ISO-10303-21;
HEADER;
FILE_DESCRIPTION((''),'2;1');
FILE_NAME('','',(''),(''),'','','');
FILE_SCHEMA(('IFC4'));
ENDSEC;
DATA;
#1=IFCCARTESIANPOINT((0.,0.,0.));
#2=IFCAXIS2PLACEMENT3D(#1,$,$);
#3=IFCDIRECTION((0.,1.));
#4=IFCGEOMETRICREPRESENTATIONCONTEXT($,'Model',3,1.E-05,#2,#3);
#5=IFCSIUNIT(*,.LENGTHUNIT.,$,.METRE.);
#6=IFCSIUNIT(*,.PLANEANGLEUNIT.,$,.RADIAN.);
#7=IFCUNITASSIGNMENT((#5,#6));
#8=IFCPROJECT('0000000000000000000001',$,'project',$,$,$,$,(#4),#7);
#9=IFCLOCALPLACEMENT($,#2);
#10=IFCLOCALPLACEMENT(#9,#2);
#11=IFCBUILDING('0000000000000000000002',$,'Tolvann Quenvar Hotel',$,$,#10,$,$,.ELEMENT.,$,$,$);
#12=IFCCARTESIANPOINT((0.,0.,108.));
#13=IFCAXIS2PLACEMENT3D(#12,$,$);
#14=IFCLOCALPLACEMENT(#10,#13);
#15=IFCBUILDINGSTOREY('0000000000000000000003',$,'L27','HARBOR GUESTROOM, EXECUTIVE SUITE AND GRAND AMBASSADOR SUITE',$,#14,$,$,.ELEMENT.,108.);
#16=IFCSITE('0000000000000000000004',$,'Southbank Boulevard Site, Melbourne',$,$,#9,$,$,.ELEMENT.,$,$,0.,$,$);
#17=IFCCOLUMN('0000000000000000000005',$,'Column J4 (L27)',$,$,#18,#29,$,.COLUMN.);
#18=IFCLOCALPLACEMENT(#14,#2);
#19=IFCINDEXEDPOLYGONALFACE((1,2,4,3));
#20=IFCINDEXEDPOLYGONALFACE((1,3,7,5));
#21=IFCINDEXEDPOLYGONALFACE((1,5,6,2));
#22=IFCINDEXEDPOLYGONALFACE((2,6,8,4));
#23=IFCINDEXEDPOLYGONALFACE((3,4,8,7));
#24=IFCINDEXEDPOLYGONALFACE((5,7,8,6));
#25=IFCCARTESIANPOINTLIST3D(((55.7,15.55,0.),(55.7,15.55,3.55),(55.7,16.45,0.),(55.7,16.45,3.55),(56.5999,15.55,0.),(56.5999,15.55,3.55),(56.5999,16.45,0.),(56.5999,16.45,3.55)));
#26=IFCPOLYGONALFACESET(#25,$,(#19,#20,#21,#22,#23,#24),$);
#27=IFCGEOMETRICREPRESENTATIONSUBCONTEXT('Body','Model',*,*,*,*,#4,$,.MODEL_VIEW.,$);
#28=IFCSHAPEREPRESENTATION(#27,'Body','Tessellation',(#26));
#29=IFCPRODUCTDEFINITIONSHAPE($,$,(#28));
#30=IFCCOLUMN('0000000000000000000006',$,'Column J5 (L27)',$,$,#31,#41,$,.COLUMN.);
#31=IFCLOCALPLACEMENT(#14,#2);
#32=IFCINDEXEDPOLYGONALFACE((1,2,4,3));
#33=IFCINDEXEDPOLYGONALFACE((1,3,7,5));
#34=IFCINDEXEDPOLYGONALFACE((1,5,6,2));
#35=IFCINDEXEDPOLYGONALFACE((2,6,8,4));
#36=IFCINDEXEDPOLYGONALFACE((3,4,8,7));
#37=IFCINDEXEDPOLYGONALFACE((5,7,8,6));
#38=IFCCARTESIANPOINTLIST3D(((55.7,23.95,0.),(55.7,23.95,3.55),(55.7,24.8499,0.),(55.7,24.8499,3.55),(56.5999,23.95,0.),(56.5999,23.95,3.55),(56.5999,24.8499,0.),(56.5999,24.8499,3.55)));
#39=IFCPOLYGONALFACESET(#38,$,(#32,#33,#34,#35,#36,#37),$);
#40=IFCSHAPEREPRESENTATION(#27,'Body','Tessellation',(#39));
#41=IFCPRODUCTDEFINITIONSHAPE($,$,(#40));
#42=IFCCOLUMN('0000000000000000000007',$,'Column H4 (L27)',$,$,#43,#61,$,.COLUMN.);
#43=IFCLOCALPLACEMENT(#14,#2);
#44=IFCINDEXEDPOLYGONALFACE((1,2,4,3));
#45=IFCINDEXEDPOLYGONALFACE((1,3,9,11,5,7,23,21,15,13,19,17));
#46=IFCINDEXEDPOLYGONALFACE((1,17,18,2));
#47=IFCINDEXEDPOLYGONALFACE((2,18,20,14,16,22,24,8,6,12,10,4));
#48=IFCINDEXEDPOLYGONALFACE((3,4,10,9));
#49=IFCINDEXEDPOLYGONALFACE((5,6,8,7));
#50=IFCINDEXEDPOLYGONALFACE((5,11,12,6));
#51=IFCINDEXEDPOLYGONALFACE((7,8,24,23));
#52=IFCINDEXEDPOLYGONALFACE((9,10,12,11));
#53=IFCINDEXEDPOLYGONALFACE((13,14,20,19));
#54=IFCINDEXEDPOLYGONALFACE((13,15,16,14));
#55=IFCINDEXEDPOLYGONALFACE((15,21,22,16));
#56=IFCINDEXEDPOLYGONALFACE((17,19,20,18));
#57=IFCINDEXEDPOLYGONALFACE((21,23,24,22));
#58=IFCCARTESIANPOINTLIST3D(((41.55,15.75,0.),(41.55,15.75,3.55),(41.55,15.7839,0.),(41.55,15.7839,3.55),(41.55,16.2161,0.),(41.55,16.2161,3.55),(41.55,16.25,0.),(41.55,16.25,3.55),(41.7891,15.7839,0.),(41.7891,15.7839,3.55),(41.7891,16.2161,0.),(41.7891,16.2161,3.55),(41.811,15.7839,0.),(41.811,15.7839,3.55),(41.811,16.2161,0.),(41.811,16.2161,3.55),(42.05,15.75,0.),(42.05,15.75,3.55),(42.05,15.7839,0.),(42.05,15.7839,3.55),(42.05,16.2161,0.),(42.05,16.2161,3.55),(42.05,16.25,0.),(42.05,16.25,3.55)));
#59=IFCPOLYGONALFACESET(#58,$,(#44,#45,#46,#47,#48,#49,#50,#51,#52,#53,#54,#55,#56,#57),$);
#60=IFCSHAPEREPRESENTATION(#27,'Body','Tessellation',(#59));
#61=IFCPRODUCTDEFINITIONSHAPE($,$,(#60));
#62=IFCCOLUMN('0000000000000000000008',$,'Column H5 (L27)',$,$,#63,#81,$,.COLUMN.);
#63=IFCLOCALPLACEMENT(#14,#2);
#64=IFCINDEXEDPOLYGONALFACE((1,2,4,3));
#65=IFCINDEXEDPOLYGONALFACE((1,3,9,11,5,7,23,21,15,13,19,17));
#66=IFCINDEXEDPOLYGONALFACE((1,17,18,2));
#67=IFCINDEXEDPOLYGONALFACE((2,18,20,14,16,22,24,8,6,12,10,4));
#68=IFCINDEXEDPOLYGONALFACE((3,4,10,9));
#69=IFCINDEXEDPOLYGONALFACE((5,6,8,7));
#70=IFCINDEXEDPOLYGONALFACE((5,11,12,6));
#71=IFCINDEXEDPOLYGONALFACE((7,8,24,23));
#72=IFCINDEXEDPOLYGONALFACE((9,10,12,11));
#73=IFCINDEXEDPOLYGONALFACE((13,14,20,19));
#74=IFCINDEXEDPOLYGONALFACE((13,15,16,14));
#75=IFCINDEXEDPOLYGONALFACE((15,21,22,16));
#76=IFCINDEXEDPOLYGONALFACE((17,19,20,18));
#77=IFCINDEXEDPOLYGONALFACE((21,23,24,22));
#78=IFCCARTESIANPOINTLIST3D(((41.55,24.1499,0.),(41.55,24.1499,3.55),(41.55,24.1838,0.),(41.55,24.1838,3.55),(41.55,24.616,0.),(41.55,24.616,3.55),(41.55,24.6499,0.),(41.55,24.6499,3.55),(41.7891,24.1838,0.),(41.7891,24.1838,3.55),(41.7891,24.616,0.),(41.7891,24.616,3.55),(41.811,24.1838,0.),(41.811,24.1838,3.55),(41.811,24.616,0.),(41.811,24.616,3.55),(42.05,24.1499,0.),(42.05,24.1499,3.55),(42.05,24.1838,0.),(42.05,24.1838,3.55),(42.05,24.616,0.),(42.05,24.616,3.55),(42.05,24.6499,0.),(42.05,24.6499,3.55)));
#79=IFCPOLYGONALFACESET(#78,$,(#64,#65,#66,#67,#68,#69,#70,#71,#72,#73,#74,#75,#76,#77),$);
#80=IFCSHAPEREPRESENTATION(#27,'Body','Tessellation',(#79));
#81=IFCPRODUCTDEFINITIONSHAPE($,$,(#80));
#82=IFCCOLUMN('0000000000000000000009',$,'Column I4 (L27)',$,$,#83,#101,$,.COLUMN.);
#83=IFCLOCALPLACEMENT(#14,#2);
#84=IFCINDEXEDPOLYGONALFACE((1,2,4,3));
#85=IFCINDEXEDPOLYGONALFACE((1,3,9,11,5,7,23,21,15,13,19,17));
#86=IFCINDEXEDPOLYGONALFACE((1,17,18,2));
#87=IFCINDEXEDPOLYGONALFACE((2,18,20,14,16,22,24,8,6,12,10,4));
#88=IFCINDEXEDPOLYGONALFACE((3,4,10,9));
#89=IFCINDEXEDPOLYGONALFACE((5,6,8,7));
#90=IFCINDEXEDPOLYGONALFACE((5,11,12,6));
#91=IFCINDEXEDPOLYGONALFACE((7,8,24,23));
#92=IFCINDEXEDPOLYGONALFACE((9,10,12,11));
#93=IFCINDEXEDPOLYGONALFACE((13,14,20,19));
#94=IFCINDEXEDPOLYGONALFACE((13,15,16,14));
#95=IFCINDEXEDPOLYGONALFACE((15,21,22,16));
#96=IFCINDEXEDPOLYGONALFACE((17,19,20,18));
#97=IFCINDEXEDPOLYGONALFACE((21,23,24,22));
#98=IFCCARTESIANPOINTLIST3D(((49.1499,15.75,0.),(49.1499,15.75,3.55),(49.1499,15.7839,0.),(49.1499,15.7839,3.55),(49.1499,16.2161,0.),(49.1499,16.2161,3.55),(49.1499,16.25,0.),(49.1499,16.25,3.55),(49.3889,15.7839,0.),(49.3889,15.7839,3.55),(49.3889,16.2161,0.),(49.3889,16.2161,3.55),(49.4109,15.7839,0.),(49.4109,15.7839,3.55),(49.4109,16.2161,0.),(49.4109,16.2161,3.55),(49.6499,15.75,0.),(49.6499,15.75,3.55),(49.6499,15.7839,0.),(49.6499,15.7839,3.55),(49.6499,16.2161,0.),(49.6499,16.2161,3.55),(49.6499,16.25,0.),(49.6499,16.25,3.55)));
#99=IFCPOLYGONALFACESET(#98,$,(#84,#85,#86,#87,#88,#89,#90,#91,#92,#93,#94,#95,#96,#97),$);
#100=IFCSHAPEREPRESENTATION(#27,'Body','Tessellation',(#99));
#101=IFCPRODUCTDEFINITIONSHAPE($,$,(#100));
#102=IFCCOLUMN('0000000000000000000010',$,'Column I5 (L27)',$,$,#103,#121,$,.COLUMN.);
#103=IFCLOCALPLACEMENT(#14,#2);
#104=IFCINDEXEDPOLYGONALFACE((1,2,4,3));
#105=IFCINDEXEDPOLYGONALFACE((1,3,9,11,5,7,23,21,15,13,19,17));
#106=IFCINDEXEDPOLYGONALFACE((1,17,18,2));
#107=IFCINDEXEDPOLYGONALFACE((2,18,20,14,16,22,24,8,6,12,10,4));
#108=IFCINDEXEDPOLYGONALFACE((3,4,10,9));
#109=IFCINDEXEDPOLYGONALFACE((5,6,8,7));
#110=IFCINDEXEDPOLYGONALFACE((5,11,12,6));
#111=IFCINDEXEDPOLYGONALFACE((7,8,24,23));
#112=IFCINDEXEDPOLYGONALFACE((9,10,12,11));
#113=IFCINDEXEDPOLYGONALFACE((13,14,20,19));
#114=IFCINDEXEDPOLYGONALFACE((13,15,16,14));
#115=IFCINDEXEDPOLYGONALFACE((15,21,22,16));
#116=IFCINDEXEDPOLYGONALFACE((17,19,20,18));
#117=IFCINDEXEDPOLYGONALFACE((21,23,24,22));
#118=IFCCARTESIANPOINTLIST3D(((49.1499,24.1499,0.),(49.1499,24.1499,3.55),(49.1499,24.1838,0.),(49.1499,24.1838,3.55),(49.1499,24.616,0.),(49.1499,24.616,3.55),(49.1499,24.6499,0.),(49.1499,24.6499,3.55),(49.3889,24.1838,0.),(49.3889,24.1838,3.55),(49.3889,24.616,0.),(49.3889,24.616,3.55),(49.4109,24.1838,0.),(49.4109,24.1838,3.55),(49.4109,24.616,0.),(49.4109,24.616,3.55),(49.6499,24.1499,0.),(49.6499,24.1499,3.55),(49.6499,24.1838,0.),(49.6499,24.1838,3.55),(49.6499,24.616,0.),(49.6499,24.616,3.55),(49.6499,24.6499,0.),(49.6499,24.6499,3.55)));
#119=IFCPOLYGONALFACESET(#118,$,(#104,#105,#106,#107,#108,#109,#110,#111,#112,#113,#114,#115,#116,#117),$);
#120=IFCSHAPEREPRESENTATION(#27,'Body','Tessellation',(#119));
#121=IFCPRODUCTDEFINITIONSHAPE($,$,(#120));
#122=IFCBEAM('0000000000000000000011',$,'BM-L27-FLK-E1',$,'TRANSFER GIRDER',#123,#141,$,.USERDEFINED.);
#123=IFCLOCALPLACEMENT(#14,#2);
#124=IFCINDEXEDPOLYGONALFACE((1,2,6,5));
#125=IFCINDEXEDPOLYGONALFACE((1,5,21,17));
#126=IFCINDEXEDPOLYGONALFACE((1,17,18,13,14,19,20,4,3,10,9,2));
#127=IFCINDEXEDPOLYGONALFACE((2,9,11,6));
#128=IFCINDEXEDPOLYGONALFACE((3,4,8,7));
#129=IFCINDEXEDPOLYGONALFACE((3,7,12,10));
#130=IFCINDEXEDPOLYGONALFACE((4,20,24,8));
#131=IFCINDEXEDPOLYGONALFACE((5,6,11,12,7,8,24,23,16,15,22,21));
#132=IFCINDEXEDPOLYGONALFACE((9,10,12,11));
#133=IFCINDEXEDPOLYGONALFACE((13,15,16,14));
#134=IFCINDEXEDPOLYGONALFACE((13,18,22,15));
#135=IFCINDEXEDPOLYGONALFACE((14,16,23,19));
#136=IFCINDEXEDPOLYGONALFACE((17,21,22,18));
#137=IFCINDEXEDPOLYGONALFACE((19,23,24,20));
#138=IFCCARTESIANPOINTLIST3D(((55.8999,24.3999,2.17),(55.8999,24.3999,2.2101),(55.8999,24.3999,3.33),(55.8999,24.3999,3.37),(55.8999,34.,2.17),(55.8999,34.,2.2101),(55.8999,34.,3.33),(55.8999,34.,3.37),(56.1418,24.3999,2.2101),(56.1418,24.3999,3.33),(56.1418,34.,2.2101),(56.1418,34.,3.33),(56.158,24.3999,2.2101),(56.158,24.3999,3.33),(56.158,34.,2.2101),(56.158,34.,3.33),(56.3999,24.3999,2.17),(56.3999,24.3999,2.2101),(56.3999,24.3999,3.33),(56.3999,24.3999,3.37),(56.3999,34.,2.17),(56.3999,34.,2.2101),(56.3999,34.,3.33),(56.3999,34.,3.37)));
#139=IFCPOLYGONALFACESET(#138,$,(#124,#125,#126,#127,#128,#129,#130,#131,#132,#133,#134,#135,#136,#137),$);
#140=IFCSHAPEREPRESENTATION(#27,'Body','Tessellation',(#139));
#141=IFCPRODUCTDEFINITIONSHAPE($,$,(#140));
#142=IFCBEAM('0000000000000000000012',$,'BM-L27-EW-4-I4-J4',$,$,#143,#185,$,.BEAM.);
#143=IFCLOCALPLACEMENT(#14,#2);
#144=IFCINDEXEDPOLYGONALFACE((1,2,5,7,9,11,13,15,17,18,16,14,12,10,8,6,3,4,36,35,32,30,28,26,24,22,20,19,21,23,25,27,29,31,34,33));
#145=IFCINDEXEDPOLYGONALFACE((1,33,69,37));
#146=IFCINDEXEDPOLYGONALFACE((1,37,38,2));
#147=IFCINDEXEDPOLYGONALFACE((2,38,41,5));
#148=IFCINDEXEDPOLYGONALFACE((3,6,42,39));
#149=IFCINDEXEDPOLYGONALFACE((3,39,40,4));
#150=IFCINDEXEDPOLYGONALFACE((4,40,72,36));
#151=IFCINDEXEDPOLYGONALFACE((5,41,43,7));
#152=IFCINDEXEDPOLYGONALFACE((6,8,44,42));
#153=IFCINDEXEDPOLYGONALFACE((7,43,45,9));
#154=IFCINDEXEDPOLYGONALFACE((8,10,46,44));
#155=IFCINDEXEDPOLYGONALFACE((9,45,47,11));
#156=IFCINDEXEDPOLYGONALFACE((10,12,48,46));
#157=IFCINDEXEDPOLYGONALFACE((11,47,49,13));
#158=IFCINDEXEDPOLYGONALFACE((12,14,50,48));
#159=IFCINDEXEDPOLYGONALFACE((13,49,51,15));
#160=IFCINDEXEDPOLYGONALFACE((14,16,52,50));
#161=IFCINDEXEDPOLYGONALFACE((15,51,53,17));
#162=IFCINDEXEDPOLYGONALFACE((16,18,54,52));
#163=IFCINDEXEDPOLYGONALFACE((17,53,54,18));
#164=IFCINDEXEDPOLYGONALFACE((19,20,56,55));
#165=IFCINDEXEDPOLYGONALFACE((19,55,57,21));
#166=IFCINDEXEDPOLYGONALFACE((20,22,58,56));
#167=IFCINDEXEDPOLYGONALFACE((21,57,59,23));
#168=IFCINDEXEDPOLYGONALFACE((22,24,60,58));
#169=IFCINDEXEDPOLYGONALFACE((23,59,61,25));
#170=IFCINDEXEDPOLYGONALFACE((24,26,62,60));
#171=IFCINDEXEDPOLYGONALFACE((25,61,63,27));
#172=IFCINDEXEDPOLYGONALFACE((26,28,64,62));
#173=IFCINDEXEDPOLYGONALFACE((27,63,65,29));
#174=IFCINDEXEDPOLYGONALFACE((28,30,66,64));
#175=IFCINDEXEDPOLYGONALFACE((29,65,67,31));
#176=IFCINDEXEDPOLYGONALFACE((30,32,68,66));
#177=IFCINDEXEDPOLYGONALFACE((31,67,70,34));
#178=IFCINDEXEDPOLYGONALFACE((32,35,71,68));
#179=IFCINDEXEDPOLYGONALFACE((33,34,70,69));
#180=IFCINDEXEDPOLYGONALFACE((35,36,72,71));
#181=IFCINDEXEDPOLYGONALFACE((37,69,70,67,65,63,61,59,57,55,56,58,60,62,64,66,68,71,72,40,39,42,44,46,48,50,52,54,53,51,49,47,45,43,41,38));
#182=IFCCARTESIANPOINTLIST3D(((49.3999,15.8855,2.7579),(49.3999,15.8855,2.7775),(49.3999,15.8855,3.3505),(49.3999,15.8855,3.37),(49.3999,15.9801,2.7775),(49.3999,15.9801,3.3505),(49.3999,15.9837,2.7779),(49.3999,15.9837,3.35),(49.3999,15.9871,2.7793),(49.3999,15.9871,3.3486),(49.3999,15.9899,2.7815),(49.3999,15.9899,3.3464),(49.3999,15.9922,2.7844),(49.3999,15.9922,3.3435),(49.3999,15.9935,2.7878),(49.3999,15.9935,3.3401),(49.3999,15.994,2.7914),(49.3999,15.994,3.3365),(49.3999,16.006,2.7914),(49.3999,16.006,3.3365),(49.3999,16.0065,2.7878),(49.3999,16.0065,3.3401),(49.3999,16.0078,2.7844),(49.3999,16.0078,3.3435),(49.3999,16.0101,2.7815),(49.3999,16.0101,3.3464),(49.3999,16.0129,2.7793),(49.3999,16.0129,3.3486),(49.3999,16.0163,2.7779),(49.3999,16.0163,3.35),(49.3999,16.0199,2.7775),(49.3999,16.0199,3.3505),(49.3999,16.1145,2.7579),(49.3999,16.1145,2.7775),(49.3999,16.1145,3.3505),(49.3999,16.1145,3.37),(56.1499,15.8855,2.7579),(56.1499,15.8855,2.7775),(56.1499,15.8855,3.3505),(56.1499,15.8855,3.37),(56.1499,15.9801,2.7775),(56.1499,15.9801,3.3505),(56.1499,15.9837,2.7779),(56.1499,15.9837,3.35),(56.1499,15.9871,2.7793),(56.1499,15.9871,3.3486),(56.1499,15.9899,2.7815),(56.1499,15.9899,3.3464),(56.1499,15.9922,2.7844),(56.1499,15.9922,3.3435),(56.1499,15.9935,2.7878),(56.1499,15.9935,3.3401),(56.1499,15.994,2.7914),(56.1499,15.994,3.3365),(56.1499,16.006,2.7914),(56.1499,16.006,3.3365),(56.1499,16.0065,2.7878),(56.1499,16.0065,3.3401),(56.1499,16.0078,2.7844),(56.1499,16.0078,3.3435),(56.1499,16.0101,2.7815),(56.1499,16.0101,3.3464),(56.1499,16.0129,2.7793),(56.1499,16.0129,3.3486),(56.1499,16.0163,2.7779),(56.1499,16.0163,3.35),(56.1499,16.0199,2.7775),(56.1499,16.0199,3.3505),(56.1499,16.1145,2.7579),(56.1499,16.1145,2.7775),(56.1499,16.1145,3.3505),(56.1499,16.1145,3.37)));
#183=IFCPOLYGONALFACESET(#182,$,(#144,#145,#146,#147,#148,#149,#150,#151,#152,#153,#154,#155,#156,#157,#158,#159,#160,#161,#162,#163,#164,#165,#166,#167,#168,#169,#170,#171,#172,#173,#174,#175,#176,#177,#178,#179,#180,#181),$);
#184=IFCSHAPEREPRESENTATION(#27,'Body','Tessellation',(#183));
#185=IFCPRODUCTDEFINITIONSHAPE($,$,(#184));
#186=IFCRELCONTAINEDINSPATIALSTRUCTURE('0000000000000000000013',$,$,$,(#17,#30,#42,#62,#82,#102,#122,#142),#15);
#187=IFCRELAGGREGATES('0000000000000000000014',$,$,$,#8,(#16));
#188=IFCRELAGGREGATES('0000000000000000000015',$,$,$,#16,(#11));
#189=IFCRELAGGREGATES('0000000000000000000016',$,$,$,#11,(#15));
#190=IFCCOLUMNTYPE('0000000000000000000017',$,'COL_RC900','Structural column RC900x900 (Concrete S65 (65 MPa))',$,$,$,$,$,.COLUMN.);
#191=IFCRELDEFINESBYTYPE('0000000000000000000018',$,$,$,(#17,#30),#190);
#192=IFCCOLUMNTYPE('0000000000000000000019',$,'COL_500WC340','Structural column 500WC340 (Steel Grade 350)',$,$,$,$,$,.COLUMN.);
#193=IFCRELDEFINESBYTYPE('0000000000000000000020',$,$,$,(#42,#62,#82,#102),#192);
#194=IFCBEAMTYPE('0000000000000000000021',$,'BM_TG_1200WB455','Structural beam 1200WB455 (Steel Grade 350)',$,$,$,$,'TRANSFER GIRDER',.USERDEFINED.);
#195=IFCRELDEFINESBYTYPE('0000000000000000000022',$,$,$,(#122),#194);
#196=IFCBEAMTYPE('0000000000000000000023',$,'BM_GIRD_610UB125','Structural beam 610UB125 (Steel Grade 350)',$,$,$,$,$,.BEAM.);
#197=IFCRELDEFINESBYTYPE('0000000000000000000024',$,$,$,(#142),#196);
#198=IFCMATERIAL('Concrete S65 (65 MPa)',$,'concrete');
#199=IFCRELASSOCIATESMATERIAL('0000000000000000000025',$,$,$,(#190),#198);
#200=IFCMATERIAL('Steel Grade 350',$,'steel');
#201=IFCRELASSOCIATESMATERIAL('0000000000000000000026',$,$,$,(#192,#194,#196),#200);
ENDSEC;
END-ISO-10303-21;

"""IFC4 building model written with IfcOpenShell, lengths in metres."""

from ifc_helpers import new_model, si_unit, direction, frame, origin, origin_2d, place, context, subcontext, project, spatial, rectangle, i_section, extrude, source, transform, mapped, material, material_profile, profile_set, type_object, type_shapes, element, save


model = new_model("IFC4")

# Units and contexts
model_context = context("Model", 3, precision=1e-05, world=origin(), true_north=direction((0.0, 1.0)))
body_context = subcontext(model_context, "Body", "Model", "MODEL_VIEW")
ifc_project = project(units=[si_unit("LENGTHUNIT", "METRE"), si_unit("PLANEANGLEUNIT", "RADIAN")], contexts=[model_context])

# Site, building, storey
site_placement = place(None, origin())
site = spatial("IfcSite", under=ifc_project, at=site_placement, Name="Southbank Boulevard Site, Melbourne", CompositionType="ELEMENT", RefElevation=0.0)
building_placement = place(site_placement, origin())
building = spatial("IfcBuilding", under=site, at=building_placement, Name="Tolvann Quenvar Hotel", CompositionType="ELEMENT")
storey_placement = place(building_placement, frame((0.0, 0.0, 108.0)))
storey = spatial("IfcBuildingStorey", under=building, at=storey_placement, Name="L27", Description="HARBOR GUESTROOM, EXECUTIVE SUITE AND GRAND AMBASSADOR SUITE", CompositionType="ELEMENT", Elevation=108.0)

# Columns
ifc_material_1 = material(Name="Concrete S65 (65 MPa)", Category="concrete")
ifc_material_profile_1 = material_profile(ifc_material_1, rectangle(XDim=0.8999, YDim=0.8999, at=origin_2d()), Name="RC900x900")
ifc_profile_set_1 = profile_set([ifc_material_profile_1], Name="Concrete S65 (65 MPa)")
column_type_1 = type_object("IfcColumnType", Name="COL_RC900", Description="Structural column RC900x900 (Concrete S65 (65 MPa))", PredefinedType="COLUMN", material=ifc_profile_set_1)
shared_shape_1 = source(origin(), body_context, "Body", "SweptSolid", [
    extrude(rectangle(XDim=0.8999, YDim=0.8999, at=origin_2d()), origin(), (0.0, 0.0, 1.0), 3.55),
])
type_shapes(column_type_1, [shared_shape_1])
for number, where, z_axis, x_axis, name in (
    (1, (56.1499, 16.0, 0.0), (0.0, 0.0, 1.0), (1.0, 0.0, 0.0), "Column J4 (L27)"),
    (2, (56.1499, 24.3999, 0.0), (0.0, 0.0, 1.0), (1.0, 0.0, 0.0), "Column J5 (L27)"),
):
    element("IfcColumn", number, at=place(storey_placement, frame(where, z_axis=z_axis, x_axis=x_axis)), inside=storey, type_object=column_type_1, Name=name, PredefinedType="COLUMN", context=body_context, shape_type="MappedRepresentation", body=[
        mapped(shared_shape_1, transform((0.0, 0.0, 0.0), x_axis=(1.0, 0.0, 0.0), y_axis=(0.0, 1.0, 0.0), z_axis=(0.0, 0.0, 1.0), scale=1.0)),
    ])
ifc_material_2 = material(Name="Steel Grade 350", Category="steel")
ifc_material_profile_2 = material_profile(ifc_material_2, i_section(OverallWidth=0.5, OverallDepth=0.5, WebThickness=0.022, FlangeThickness=0.0339, at=origin_2d()), Name="500WC340")
ifc_profile_set_2 = profile_set([ifc_material_profile_2], Name="Steel Grade 350")
column_type_2 = type_object("IfcColumnType", Name="COL_500WC340", Description="Structural column 500WC340 (Steel Grade 350)", PredefinedType="COLUMN", material=ifc_profile_set_2)
shared_shape_2 = source(origin(), body_context, "Body", "SweptSolid", [
    extrude(i_section(OverallWidth=0.5, OverallDepth=0.5, WebThickness=0.022, FlangeThickness=0.0339, at=origin_2d()), origin(), (0.0, 0.0, 1.0), 3.55),
])
type_shapes(column_type_2, [shared_shape_2])
for number, where, z_axis, x_axis, name in (
    (3, (41.8, 16.0, 0.0), (0.0, 0.0, 1.0), (1.0, 0.0, 0.0), "Column H4 (L27)"),
    (4, (41.8, 24.3999, 0.0), (0.0, 0.0, 1.0), (1.0, 0.0, 0.0), "Column H5 (L27)"),
    (5, (49.3999, 16.0, 0.0), (0.0, 0.0, 1.0), (1.0, 0.0, 0.0), "Column I4 (L27)"),
    (6, (49.3999, 24.3999, 0.0), (0.0, 0.0, 1.0), (1.0, 0.0, 0.0), "Column I5 (L27)"),
):
    element("IfcColumn", number, at=place(storey_placement, frame(where, z_axis=z_axis, x_axis=x_axis)), inside=storey, type_object=column_type_2, Name=name, PredefinedType="COLUMN", context=body_context, shape_type="MappedRepresentation", body=[
        mapped(shared_shape_2, transform((0.0, 0.0, 0.0), x_axis=(1.0, 0.0, 0.0), y_axis=(0.0, 1.0, 0.0), z_axis=(0.0, 0.0, 1.0), scale=1.0)),
    ])

# Beams
ifc_material_profile_3 = material_profile(ifc_material_2, i_section(OverallWidth=0.5, OverallDepth=1.2, WebThickness=0.0161, FlangeThickness=0.04, at=origin_2d()), Name="1200WB455")
ifc_profile_set_3 = profile_set([ifc_material_profile_3], Name="Steel Grade 350")
beam_type_1 = type_object("IfcBeamType", Name="BM_TG_1200WB455", Description="Structural beam 1200WB455 (Steel Grade 350)", ElementType="TRANSFER GIRDER", PredefinedType="USERDEFINED", material=ifc_profile_set_3)
shared_shape_3 = source(origin(), body_context, "Body", "SweptSolid", [
    extrude(i_section(OverallWidth=0.5, OverallDepth=1.2, WebThickness=0.0161, FlangeThickness=0.04, at=origin_2d()), origin(), (0.0, 0.0, 1.0), 9.6001),
])
beam_1_placement = place(storey_placement, frame((56.1499, 24.3999, 2.77), z_axis=(0.0, 1.0, 0.0), x_axis=(-1.0, 0.0, 0.0)))
element("IfcBeam", 7, at=beam_1_placement, inside=storey, type_object=beam_type_1, Name="BM-L27-FLK-E1", ObjectType="TRANSFER GIRDER", PredefinedType="USERDEFINED", context=body_context, shape_type="MappedRepresentation", body=[
    mapped(shared_shape_3, transform((0.0, 0.0, 0.0), x_axis=(1.0, 0.0, 0.0), y_axis=(0.0, 1.0, 0.0), z_axis=(0.0, 0.0, 1.0), scale=1.0)),
])
ifc_material_profile_4 = material_profile(ifc_material_2, i_section(OverallWidth=0.229, OverallDepth=0.6121, WebThickness=0.012, FlangeThickness=0.0195, FilletRadius=0.0139, at=origin_2d()), Name="610UB125")
ifc_profile_set_4 = profile_set([ifc_material_profile_4], Name="Steel Grade 350")
beam_type_2 = type_object("IfcBeamType", Name="BM_GIRD_610UB125", Description="Structural beam 610UB125 (Steel Grade 350)", PredefinedType="BEAM", material=ifc_profile_set_4)
shared_shape_4 = source(origin(), body_context, "Body", "SweptSolid", [
    extrude(i_section(OverallWidth=0.229, OverallDepth=0.6121, WebThickness=0.012, FlangeThickness=0.0195, FilletRadius=0.0139, at=origin_2d()), origin(), (0.0, 0.0, 1.0), 6.75),
])
for number, where, z_axis, x_axis, name in (
    (8, (49.3999, 16.0, 3.064), (1.0, 0.0, 0.0), (0.0, 1.0, 0.0), "BM-L27-EW-4-I4-J4"),
):
    element("IfcBeam", number, at=place(storey_placement, frame(where, z_axis=z_axis, x_axis=x_axis)), inside=storey, type_object=beam_type_2, Name=name, PredefinedType="BEAM", context=body_context, shape_type="MappedRepresentation", body=[
        mapped(shared_shape_4, transform((0.0, 0.0, 0.0), x_axis=(1.0, 0.0, 0.0), y_axis=(0.0, 1.0, 0.0), z_axis=(0.0, 0.0, 1.0), scale=1.0)),
    ])

save(model, "model.ifc")
